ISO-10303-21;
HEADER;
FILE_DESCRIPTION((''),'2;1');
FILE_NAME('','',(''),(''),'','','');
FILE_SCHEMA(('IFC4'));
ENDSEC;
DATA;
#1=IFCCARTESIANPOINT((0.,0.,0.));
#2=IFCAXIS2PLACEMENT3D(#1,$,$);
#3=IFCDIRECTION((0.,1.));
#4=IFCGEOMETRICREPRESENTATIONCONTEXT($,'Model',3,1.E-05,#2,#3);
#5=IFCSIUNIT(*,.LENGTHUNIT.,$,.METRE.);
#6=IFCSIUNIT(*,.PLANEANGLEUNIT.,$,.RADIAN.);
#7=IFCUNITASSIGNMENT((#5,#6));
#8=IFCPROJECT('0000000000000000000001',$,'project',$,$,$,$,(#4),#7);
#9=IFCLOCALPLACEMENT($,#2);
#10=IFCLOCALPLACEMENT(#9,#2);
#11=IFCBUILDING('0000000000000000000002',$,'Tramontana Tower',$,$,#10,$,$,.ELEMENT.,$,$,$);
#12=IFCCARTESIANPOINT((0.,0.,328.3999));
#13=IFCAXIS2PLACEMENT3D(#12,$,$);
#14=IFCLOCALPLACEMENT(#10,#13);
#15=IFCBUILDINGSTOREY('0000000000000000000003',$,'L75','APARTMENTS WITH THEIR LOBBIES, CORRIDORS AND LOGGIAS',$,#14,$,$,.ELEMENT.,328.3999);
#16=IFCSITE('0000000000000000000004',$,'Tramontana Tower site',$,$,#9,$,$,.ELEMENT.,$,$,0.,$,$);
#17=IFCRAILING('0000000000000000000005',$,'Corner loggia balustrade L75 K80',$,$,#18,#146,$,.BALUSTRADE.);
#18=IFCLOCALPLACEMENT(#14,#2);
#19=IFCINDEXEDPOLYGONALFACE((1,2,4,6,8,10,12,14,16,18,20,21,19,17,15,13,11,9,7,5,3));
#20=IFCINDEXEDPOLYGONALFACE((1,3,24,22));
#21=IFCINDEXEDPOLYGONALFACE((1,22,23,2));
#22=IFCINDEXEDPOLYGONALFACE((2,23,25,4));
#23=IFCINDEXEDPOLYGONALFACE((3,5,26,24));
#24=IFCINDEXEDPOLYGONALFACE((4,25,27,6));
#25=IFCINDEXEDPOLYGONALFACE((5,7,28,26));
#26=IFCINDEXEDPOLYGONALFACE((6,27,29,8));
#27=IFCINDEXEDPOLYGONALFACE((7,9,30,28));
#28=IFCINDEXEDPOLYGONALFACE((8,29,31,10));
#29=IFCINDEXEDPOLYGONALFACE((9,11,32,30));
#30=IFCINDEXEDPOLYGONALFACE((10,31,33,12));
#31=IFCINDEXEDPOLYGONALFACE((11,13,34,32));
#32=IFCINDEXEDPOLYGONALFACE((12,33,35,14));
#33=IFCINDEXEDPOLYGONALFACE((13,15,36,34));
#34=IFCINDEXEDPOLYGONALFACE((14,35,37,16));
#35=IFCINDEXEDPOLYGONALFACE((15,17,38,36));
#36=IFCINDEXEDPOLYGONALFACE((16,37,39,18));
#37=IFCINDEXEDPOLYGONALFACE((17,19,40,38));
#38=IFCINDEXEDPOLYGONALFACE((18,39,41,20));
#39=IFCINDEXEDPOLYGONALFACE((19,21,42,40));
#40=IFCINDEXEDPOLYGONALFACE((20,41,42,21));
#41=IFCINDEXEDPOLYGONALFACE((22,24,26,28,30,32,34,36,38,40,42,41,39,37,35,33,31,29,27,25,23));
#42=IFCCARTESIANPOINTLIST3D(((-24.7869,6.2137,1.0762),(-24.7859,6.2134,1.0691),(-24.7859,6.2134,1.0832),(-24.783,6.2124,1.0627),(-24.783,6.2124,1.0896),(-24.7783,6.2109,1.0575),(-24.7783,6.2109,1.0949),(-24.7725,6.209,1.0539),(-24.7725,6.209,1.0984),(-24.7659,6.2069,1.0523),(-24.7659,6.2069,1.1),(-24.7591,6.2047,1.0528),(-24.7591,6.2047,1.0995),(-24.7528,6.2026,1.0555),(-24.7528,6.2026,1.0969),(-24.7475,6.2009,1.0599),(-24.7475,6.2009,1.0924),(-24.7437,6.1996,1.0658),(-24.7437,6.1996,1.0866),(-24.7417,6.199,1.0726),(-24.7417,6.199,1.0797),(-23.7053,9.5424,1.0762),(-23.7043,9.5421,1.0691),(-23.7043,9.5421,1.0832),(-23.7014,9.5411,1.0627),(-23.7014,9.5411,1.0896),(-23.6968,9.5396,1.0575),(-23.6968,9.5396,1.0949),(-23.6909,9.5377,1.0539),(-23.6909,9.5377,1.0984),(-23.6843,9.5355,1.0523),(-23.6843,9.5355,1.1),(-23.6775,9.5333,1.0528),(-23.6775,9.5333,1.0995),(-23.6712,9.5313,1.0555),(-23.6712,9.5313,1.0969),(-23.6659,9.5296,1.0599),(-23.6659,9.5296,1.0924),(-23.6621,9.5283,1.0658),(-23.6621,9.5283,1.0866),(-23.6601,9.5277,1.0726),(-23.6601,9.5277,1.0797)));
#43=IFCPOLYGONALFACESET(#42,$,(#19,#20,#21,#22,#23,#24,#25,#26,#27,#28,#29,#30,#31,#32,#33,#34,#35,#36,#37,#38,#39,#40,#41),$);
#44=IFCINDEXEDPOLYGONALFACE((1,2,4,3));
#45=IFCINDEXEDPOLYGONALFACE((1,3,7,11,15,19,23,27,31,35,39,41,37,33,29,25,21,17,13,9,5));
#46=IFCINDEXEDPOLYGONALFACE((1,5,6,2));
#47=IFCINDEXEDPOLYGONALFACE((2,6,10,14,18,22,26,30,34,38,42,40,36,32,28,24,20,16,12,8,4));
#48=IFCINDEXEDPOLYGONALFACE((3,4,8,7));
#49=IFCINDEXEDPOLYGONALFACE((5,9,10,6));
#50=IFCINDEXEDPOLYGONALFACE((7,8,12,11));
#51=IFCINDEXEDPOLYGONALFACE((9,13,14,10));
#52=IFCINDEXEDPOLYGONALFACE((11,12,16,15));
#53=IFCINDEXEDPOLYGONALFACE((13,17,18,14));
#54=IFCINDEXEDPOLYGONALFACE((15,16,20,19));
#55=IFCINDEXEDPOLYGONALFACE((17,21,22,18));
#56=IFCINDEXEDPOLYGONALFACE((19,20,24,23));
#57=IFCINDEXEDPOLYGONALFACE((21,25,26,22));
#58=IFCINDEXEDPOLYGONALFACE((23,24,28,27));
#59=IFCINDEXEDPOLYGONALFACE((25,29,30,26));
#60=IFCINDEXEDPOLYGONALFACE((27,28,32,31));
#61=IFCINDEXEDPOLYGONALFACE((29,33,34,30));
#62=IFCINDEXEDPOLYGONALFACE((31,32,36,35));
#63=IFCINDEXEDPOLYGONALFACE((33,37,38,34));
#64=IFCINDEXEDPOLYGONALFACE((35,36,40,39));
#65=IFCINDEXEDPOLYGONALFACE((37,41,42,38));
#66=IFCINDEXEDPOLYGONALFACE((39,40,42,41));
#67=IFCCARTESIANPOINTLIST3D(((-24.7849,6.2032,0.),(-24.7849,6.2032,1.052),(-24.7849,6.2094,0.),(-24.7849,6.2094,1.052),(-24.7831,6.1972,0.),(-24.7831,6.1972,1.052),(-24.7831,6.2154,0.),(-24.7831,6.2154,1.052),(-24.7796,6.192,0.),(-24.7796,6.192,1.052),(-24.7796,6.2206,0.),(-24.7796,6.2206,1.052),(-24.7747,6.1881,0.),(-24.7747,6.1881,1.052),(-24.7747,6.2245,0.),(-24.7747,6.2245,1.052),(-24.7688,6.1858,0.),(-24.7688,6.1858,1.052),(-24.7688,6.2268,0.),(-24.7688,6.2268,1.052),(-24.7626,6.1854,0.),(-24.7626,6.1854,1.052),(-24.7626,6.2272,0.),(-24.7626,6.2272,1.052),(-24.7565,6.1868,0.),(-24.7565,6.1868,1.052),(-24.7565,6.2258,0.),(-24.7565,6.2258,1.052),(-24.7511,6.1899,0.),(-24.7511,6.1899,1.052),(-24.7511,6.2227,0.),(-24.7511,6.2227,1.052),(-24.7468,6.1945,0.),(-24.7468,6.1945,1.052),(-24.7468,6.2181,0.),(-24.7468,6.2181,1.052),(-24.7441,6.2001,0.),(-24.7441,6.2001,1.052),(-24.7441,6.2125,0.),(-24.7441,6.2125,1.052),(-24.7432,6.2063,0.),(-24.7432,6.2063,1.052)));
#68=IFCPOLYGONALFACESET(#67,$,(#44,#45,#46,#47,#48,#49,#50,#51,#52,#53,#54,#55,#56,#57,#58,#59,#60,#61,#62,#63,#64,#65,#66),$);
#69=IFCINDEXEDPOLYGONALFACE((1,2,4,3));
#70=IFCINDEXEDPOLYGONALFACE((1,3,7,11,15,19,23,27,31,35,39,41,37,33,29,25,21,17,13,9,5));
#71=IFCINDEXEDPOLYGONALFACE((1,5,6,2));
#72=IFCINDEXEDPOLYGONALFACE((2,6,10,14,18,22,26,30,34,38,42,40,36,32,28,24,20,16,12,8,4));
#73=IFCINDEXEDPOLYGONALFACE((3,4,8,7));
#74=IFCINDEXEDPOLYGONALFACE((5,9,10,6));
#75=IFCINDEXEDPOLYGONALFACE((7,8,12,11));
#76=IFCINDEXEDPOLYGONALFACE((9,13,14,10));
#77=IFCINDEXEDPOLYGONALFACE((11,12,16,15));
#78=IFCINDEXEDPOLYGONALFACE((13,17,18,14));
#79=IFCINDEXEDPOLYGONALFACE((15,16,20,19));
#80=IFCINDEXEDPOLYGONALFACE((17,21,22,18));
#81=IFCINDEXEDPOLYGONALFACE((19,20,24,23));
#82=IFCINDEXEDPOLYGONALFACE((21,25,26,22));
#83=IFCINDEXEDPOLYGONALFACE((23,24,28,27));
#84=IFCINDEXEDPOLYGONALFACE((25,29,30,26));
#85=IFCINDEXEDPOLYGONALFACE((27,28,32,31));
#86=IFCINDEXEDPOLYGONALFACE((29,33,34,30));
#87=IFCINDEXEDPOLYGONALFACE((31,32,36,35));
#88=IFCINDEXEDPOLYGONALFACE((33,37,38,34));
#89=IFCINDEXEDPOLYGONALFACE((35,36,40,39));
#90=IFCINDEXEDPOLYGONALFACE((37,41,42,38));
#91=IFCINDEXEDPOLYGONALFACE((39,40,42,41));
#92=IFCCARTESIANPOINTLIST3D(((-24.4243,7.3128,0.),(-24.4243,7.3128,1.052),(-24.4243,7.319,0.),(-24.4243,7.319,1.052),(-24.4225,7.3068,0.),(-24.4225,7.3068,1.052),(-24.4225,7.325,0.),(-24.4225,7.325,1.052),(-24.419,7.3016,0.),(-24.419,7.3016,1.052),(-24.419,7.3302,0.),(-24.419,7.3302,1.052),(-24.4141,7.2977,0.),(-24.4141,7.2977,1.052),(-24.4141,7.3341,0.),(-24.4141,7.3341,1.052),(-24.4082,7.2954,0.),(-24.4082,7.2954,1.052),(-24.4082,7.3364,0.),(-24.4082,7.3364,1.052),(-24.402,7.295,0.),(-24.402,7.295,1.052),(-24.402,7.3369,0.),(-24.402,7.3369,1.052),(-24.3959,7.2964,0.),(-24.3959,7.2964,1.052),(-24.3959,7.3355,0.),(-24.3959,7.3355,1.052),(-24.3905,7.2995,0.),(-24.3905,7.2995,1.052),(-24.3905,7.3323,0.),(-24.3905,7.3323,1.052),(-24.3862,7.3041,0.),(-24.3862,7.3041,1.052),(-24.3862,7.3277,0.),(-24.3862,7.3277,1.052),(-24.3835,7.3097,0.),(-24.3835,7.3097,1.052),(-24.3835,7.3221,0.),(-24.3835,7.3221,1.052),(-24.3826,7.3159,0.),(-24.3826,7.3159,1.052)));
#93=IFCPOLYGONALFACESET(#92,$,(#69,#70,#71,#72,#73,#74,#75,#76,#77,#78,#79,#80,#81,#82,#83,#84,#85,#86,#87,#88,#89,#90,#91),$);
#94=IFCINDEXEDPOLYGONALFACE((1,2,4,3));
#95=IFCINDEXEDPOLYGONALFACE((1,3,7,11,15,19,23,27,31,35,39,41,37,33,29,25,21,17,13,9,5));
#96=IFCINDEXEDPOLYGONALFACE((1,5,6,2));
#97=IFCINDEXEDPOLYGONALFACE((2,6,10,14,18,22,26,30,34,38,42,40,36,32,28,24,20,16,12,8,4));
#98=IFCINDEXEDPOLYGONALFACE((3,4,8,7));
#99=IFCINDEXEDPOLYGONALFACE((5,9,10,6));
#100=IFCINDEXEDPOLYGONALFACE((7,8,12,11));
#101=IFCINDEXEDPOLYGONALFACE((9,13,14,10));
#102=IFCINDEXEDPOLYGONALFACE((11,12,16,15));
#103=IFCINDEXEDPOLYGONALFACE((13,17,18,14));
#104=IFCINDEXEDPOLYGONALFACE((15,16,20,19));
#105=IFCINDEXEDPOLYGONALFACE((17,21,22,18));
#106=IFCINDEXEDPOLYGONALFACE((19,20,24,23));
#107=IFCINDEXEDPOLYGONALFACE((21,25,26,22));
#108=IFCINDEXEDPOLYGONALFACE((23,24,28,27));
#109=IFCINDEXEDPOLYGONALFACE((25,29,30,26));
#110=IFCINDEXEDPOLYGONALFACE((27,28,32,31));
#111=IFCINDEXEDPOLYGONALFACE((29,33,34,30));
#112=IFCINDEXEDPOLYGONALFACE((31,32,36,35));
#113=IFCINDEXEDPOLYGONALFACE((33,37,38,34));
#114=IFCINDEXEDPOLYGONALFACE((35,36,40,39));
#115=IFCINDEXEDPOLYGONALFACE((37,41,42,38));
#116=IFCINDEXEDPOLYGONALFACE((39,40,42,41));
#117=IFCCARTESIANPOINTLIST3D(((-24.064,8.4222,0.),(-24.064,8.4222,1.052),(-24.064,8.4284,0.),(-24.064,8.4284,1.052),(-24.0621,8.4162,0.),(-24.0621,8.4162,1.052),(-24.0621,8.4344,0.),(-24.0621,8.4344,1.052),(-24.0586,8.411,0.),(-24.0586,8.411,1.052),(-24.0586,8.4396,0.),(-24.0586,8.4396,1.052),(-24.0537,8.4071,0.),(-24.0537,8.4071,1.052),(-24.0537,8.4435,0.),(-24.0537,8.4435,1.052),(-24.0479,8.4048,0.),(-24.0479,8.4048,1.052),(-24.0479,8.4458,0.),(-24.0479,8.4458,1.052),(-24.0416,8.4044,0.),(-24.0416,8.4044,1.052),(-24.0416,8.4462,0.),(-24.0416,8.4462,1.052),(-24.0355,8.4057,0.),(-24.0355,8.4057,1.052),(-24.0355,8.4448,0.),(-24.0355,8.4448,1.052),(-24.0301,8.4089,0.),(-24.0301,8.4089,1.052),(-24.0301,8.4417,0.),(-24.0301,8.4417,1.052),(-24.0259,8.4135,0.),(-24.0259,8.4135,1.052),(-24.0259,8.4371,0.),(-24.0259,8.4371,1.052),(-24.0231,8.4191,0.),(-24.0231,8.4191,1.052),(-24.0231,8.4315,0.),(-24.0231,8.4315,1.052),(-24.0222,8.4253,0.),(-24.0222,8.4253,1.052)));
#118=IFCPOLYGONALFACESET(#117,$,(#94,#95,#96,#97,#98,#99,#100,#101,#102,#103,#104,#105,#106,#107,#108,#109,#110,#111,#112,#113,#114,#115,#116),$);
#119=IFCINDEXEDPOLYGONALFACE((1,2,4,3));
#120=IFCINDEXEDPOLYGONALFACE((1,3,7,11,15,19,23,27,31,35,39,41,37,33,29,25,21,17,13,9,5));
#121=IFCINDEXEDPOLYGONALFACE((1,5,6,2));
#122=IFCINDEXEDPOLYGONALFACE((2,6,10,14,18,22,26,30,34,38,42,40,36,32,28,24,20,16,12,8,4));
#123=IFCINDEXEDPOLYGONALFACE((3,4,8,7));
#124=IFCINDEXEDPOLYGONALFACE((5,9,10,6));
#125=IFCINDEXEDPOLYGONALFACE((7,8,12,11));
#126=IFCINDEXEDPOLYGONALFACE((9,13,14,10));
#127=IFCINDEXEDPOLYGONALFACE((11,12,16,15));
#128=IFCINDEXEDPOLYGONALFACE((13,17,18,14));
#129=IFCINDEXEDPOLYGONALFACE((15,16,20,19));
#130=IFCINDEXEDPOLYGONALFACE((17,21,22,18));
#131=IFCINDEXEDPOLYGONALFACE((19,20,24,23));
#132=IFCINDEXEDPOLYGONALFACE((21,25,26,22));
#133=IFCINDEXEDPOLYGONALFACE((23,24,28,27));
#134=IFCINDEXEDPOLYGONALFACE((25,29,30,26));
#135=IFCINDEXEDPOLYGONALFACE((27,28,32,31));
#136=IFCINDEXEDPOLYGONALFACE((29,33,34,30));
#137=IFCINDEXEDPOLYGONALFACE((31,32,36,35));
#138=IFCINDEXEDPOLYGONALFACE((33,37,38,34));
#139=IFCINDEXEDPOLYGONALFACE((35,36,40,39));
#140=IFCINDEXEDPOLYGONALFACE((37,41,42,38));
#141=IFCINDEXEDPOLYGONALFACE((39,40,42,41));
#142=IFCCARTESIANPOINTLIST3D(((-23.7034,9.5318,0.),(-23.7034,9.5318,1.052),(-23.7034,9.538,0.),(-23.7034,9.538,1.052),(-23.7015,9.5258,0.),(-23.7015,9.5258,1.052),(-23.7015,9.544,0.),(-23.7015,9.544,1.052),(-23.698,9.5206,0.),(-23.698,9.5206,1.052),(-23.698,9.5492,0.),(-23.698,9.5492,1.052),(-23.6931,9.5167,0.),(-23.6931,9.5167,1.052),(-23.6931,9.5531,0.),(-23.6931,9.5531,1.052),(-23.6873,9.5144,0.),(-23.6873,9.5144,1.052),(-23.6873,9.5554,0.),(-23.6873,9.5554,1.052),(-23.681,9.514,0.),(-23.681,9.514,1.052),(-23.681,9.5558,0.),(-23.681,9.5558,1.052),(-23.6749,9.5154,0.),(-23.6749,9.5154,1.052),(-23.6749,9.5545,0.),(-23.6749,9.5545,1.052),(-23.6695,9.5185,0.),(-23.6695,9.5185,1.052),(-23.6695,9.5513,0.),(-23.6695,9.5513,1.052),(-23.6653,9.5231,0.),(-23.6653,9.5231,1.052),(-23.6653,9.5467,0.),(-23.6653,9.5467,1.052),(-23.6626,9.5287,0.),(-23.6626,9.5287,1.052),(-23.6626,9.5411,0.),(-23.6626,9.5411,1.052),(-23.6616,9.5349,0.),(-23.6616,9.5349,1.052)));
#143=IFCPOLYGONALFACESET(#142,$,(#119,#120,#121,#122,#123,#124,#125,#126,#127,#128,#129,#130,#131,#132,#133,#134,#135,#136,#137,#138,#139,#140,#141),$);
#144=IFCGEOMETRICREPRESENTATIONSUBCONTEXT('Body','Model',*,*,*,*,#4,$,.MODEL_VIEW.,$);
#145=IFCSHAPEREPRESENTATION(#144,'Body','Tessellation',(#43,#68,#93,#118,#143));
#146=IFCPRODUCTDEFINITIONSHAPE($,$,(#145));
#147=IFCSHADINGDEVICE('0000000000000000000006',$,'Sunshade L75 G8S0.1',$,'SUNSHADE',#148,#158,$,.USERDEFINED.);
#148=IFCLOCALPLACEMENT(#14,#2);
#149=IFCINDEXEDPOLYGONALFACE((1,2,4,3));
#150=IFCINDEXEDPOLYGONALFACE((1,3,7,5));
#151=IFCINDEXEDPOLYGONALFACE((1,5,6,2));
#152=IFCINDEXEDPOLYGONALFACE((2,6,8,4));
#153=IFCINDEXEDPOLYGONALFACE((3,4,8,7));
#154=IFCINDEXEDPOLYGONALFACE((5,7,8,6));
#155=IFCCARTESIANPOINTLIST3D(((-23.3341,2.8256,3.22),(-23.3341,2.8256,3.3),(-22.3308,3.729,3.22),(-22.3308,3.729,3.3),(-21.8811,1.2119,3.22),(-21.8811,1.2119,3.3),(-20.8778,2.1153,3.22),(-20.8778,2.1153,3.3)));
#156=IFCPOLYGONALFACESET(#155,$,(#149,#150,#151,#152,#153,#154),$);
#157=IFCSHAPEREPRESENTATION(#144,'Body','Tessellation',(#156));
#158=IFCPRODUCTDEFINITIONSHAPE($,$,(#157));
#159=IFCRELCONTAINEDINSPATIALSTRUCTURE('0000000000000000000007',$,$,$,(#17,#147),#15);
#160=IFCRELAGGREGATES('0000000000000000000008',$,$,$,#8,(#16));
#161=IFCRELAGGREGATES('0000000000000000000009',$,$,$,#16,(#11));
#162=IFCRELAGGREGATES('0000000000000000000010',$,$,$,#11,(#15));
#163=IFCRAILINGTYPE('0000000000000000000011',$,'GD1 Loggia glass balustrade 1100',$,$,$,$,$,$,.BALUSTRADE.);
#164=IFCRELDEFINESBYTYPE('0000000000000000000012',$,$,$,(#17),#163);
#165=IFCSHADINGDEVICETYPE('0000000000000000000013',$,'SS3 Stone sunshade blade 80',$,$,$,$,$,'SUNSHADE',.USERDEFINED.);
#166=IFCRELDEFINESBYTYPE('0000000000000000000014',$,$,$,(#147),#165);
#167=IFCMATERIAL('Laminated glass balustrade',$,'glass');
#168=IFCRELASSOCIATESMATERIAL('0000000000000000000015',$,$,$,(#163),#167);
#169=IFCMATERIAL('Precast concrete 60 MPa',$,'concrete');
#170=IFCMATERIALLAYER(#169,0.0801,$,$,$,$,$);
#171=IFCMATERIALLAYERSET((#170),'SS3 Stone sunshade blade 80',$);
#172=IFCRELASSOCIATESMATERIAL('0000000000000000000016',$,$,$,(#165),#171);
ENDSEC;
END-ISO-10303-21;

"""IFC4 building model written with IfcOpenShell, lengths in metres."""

from ifc_helpers import new_model, si_unit, direction, frame, origin, origin_2d, place, context, subcontext, project, spatial, rectangle, circle, extrude, material, layer, layer_set, type_object, element, save


model = new_model("IFC4")

# Units and contexts
model_context = context("Model", 3, precision=1e-05, world=origin(), true_north=direction((0.0, 1.0)))
body_context = subcontext(model_context, "Body", "Model", "MODEL_VIEW")
ifc_project = project(units=[si_unit("LENGTHUNIT", "METRE"), si_unit("PLANEANGLEUNIT", "RADIAN")], contexts=[model_context])

# Site, building, storey
site_placement = place(None, origin())
site = spatial("IfcSite", under=ifc_project, at=site_placement, Name="Tramontana Tower site", CompositionType="ELEMENT", RefElevation=0.0)
building_placement = place(site_placement, origin())
building = spatial("IfcBuilding", under=site, at=building_placement, Name="Tramontana Tower", CompositionType="ELEMENT")
storey_placement = place(building_placement, frame((0.0, 0.0, 328.3999)))
storey = spatial("IfcBuildingStorey", under=building, at=storey_placement, Name="L75", Description="APARTMENTS WITH THEIR LOBBIES, CORRIDORS AND LOGGIAS", CompositionType="ELEMENT", Elevation=328.3999)

# Railing
ifc_material_1 = material(Name="Laminated glass balustrade", Category="glass")
railing_type = type_object("IfcRailingType", Name="GD1 Loggia glass balustrade 1100", PredefinedType="BALUSTRADE", material=ifc_material_1)
railing_1_placement = place(storey_placement, frame((-24.7642, 6.2063, 0.0)))
element("IfcRailing", 1, at=railing_1_placement, inside=storey, type_object=railing_type, Name="Corner loggia balustrade L75 K80", PredefinedType="BALUSTRADE", context=body_context, shape_type="SweptSolid", body=[
    extrude(circle(Radius=0.0239, at=origin_2d()), frame((0.0, 0.0, 1.0762), z_axis=(0.30902, 0.951056, 0.0), x_axis=(-0.951056, 0.30902, 0.0)), (0.0, 0.0, 1.0), 3.5),
    extrude(circle(Radius=0.021, at=origin_2d()), origin(), (0.0, 0.0, 1.0), 1.052),
    extrude(circle(Radius=0.021, at=origin_2d()), frame((0.3606, 1.1096, 0.0)), (0.0, 0.0, 1.0), 1.052),
    extrude(circle(Radius=0.021, at=origin_2d()), frame((0.7209, 2.219, 0.0)), (0.0, 0.0, 1.0), 1.052),
    extrude(circle(Radius=0.021, at=origin_2d()), frame((1.0815, 3.3286, 0.0)), (0.0, 0.0, 1.0), 1.052),
])

# Shading device
ifc_material_2 = material(Name="Precast concrete 60 MPa", Category="concrete")
ifc_layer_1 = layer(ifc_material_2, 0.0801)
ifc_layer_set_1 = layer_set([ifc_layer_1], Name="SS3 Stone sunshade blade 80")
shading_device_type = type_object("IfcShadingDeviceType", Name="SS3 Stone sunshade blade 80", ElementType="SUNSHADE", PredefinedType="USERDEFINED", material=ifc_layer_set_1)
shading_device_placement = place(storey_placement, frame((-22.106, 2.4705, 3.22), z_axis=(0.0, 0.0, 1.0), x_axis=(0.669131, -0.743145, 0.0)))
element("IfcShadingDevice", 2, at=shading_device_placement, inside=storey, type_object=shading_device_type, Name="Sunshade L75 G8S0.1", ObjectType="SUNSHADE", PredefinedType="USERDEFINED", context=body_context, shape_type="SweptSolid", body=[
    extrude(rectangle(XDim=2.1714, YDim=1.3501, at=origin_2d()), origin(), (0.0, 0.0, 1.0), 0.0801),
])

save(model, "model.ifc")
